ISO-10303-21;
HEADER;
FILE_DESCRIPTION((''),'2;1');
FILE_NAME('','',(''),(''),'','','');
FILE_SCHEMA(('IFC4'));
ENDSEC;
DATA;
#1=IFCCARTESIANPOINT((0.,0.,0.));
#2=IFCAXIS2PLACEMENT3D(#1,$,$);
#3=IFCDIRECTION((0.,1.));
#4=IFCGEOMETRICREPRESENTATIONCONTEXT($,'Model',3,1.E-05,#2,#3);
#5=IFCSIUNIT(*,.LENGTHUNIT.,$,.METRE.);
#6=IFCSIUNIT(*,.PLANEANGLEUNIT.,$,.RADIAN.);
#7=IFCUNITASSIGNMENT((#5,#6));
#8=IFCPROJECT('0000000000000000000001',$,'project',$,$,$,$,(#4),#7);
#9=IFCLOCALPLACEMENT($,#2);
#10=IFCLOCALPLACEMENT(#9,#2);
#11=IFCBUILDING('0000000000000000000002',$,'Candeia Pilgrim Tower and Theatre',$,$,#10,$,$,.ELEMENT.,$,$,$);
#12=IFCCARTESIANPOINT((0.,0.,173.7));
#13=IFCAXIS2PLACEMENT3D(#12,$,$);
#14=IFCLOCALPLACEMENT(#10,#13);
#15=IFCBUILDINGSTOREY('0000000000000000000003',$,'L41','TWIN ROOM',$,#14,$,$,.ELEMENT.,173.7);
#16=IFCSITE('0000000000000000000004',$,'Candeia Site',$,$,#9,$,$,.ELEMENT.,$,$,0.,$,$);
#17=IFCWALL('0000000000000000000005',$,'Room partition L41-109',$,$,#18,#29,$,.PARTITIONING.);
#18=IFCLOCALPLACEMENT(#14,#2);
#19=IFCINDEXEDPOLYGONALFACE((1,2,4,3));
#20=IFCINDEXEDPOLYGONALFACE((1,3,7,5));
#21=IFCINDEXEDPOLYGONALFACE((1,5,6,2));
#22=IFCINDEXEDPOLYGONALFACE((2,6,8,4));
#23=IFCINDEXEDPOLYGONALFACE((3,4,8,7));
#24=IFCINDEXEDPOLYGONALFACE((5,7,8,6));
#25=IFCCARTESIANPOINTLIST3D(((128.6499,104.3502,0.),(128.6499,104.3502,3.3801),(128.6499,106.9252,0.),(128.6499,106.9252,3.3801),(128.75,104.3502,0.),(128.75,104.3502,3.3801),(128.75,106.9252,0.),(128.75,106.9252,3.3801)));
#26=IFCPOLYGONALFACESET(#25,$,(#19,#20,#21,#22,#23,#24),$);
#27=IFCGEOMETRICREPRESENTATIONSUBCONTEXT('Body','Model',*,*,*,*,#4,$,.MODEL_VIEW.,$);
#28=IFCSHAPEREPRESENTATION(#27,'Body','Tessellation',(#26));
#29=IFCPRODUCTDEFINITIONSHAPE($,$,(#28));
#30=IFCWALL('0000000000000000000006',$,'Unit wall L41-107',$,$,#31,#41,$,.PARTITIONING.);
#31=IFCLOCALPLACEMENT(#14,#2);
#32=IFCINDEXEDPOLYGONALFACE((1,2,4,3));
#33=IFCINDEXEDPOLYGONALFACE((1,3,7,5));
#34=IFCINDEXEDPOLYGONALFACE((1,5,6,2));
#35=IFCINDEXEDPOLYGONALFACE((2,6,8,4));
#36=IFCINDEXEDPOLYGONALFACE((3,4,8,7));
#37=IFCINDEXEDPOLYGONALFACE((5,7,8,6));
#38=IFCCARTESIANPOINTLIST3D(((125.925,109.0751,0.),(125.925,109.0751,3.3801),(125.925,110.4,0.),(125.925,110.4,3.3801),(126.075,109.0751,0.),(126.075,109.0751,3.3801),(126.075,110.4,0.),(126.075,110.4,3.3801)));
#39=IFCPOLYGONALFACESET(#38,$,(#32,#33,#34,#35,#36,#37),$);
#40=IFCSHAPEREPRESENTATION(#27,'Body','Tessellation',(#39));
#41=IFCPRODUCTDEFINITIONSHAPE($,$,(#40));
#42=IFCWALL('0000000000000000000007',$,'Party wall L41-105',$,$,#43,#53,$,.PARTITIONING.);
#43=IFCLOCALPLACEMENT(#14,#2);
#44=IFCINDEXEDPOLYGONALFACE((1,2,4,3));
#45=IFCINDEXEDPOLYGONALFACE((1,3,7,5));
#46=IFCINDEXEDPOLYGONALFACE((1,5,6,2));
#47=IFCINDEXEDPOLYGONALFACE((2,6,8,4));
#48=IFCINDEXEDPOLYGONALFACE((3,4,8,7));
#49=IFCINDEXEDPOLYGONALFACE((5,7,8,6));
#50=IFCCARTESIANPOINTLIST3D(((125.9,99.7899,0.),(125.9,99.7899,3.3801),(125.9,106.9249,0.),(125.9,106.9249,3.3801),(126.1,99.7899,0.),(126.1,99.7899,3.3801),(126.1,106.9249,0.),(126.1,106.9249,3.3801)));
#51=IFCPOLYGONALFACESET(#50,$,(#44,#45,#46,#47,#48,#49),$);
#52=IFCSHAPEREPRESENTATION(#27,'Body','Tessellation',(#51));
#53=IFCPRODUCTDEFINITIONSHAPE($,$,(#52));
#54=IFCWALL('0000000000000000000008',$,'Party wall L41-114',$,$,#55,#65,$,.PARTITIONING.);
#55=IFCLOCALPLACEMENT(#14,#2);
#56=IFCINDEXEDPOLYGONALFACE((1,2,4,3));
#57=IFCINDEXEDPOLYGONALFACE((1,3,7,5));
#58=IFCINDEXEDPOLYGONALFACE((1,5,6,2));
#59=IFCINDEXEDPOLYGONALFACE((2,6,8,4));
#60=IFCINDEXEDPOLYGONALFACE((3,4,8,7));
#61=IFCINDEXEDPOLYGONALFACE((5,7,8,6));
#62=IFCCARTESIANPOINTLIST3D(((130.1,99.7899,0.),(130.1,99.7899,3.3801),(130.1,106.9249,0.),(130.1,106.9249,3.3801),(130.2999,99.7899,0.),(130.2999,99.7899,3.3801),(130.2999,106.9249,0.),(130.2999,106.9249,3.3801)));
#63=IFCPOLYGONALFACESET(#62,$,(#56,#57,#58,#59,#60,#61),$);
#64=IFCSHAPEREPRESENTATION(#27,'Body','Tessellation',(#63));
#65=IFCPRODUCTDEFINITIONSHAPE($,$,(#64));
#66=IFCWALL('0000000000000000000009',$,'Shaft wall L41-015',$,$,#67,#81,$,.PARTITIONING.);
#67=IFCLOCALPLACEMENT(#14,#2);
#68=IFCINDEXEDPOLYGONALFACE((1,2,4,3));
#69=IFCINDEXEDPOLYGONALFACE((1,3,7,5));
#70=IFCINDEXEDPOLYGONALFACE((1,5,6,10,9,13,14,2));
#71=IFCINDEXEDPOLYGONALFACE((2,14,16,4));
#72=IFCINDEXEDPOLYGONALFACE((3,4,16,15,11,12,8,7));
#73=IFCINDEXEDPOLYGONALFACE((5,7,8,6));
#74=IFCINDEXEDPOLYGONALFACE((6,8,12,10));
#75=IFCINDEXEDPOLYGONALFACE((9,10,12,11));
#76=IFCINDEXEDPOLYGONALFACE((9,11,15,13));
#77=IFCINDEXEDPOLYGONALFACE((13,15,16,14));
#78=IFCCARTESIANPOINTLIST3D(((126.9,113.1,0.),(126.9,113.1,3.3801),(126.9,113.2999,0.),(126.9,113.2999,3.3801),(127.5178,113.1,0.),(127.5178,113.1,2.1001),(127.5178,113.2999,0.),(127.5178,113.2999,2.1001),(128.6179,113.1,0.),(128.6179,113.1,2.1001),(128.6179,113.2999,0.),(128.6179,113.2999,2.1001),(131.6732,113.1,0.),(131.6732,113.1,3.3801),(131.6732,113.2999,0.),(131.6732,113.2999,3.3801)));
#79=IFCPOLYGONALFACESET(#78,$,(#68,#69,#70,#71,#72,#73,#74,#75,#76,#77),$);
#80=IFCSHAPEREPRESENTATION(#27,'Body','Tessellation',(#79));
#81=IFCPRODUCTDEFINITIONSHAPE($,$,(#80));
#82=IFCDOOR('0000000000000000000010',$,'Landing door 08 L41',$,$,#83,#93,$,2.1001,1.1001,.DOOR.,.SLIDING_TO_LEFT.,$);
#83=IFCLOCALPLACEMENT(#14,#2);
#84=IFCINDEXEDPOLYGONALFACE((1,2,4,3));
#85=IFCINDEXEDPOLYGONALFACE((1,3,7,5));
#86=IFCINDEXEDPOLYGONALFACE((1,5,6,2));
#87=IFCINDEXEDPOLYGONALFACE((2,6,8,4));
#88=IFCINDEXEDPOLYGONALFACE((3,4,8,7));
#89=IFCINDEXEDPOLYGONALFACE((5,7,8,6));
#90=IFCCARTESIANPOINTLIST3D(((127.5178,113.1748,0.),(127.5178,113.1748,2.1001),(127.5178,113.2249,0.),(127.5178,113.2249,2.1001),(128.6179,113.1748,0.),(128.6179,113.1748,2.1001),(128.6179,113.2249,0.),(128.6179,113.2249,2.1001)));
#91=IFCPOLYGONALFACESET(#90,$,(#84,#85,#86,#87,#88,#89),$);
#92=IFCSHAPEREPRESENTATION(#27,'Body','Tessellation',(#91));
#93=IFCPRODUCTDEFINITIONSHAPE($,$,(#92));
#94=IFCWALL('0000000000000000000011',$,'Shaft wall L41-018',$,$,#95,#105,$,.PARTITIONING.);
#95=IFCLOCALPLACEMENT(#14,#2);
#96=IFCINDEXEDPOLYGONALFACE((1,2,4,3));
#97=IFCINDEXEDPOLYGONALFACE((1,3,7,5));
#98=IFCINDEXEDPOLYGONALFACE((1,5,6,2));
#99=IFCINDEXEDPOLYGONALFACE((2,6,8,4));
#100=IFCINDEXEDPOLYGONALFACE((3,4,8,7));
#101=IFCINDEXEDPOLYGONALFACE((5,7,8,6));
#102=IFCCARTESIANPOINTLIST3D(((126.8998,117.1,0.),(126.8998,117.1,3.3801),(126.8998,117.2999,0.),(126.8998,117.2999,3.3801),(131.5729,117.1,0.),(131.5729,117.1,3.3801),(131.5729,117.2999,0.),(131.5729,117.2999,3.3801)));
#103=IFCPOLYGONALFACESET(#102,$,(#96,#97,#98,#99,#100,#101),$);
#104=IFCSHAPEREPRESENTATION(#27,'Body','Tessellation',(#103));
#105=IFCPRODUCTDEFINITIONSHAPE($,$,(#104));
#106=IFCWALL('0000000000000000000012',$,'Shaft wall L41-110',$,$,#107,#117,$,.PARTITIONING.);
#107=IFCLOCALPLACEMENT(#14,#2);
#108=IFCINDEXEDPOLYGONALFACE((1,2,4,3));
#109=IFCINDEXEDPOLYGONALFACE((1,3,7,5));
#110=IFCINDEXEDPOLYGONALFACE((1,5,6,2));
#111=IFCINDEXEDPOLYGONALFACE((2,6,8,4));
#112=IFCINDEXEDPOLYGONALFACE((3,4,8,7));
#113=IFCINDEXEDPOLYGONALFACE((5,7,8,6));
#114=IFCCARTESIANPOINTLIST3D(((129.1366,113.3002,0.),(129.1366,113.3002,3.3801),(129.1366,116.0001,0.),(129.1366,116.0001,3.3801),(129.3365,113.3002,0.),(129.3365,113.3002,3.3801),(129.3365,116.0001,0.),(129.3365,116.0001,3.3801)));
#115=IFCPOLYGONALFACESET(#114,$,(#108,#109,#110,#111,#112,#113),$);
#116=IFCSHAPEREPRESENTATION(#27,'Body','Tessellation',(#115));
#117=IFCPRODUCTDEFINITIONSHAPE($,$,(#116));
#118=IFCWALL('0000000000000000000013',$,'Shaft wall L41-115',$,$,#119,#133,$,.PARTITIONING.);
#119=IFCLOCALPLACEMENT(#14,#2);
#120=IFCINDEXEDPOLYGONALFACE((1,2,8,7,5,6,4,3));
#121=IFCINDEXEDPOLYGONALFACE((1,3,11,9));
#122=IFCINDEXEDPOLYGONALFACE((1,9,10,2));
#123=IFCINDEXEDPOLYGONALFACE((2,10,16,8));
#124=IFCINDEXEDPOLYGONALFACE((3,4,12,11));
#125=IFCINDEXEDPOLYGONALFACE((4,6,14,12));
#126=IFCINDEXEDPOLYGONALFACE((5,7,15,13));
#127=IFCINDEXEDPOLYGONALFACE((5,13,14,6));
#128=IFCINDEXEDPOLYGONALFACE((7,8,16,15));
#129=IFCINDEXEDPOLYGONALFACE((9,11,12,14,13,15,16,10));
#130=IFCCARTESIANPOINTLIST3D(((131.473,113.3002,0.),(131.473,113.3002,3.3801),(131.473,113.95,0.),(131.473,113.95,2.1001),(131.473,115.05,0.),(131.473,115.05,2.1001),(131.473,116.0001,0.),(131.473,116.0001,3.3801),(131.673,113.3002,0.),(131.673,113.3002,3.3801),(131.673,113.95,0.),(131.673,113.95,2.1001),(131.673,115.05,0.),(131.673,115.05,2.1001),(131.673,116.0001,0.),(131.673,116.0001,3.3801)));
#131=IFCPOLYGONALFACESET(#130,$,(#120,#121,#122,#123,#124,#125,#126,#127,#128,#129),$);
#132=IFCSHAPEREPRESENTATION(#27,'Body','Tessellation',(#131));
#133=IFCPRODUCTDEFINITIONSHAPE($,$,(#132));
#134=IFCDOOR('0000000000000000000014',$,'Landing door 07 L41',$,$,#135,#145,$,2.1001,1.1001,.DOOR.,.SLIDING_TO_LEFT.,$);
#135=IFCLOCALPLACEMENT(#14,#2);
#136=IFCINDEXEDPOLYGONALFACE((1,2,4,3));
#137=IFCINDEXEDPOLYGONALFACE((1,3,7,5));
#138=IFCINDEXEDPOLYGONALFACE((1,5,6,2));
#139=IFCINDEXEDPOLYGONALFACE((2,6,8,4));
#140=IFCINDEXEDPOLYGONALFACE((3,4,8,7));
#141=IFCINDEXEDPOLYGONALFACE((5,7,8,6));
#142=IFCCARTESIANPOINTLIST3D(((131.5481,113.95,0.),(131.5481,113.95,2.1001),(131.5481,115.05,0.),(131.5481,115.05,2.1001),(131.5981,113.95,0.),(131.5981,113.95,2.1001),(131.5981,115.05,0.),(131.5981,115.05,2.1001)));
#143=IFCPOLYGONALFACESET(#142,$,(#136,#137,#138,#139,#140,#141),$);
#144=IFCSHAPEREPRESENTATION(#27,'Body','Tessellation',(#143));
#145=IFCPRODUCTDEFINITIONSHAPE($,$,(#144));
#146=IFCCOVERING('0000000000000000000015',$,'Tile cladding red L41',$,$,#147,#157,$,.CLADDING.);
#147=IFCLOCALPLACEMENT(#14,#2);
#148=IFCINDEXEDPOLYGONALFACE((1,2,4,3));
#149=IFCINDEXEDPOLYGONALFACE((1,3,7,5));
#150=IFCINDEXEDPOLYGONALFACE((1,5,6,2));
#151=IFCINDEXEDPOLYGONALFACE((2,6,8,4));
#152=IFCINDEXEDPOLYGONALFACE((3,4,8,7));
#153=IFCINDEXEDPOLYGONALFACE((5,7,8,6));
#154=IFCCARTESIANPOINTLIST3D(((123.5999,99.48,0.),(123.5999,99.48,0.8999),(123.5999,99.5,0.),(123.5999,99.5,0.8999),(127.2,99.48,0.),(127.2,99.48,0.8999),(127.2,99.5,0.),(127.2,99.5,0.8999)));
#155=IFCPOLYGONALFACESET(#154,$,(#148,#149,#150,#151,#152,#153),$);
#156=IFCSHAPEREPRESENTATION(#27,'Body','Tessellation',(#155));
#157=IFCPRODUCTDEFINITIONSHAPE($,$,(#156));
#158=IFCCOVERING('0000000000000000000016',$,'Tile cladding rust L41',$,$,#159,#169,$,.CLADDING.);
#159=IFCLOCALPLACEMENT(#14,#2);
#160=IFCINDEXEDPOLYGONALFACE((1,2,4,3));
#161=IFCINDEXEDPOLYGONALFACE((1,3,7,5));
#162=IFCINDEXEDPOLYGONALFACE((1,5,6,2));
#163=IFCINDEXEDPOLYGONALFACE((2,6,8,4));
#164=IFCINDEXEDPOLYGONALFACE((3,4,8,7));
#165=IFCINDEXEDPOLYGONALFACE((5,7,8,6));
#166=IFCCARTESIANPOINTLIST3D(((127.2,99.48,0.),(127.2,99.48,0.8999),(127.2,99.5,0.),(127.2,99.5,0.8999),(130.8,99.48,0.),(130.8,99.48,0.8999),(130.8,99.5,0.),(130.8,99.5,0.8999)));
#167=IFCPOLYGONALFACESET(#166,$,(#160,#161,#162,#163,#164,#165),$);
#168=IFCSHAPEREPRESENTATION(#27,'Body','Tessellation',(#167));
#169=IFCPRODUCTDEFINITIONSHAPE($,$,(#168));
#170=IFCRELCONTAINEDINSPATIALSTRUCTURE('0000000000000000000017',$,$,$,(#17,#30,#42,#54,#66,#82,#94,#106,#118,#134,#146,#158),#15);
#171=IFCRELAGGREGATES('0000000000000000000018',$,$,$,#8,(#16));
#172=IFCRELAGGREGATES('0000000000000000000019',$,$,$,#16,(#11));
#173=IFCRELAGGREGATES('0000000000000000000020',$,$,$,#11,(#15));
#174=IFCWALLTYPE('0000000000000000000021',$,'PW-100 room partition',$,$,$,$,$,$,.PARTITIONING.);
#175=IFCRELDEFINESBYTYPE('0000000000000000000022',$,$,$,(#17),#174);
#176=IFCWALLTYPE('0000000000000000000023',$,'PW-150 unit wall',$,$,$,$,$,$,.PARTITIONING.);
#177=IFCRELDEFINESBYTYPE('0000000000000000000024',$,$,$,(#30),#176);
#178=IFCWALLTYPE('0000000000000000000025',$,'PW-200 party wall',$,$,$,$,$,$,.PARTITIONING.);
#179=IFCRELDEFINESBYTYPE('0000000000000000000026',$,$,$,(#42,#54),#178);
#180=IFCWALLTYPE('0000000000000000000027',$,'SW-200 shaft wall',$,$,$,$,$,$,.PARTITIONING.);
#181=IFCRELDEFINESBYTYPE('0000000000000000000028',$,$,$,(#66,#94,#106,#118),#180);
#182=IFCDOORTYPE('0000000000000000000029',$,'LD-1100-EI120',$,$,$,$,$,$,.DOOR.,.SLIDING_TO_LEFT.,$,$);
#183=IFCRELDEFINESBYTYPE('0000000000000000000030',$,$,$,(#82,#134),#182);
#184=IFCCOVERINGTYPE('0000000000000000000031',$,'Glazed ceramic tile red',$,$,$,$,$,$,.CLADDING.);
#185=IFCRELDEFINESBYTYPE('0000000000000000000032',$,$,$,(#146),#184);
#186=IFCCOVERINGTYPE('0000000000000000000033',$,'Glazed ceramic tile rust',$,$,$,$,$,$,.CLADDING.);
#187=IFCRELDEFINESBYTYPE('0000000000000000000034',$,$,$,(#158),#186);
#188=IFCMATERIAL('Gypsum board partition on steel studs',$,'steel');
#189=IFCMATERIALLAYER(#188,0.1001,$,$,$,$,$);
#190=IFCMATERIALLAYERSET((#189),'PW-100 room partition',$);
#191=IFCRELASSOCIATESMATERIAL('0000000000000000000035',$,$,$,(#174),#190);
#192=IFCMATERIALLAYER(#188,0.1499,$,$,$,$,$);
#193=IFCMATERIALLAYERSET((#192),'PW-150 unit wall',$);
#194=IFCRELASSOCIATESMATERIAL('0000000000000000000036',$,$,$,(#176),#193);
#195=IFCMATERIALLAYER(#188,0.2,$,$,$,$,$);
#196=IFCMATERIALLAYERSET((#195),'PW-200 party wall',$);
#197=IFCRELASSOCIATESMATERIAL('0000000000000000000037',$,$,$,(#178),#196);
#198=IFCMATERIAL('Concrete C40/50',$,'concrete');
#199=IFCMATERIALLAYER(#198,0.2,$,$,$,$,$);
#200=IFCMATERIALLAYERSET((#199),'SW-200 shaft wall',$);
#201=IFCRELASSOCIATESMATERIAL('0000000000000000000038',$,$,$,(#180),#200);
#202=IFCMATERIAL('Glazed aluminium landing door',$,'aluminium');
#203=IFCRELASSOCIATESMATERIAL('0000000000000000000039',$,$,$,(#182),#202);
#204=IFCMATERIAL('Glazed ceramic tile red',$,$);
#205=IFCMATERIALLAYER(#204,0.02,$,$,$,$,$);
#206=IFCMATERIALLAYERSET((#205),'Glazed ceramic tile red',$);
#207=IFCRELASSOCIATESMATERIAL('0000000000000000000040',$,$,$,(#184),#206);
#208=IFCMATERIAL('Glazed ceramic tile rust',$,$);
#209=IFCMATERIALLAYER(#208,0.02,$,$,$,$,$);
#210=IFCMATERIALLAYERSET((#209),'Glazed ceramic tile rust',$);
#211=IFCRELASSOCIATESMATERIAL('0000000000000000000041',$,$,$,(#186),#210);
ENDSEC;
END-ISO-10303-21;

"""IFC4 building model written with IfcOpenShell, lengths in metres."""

from ifc_helpers import new_model, si_unit, direction, frame, frame_2d, origin, origin_2d, place, context, subcontext, project, spatial, rectangle, extrude, material, layer, layer_set, type_object, element, fill, save


model = new_model("IFC4")

# Units and contexts
model_context = context("Model", 3, precision=1e-05, world=origin(), true_north=direction((0.0, 1.0)))
body_context = subcontext(model_context, "Body", "Model", "MODEL_VIEW")
ifc_project = project(units=[si_unit("LENGTHUNIT", "METRE"), si_unit("PLANEANGLEUNIT", "RADIAN")], contexts=[model_context])

# Site, building, storey
site_placement = place(None, origin())
site = spatial("IfcSite", under=ifc_project, at=site_placement, Name="Candeia Site", CompositionType="ELEMENT", RefElevation=0.0)
building_placement = place(site_placement, origin())
building = spatial("IfcBuilding", under=site, at=building_placement, Name="Candeia Pilgrim Tower and Theatre", CompositionType="ELEMENT")
storey_placement = place(building_placement, frame((0.0, 0.0, 173.7)))
storey = spatial("IfcBuildingStorey", under=building, at=storey_placement, Name="L41", Description="TWIN ROOM", CompositionType="ELEMENT", Elevation=173.7)

# Shared definitions
ifc_material_1 = material(Name="Gypsum board partition on steel studs", Category="steel")
ifc_layer_1 = layer(ifc_material_1, 0.1001)
ifc_layer_set_1 = layer_set([ifc_layer_1], Name="PW-100 room partition")
wall_type_1 = type_object("IfcWallType", Name="PW-100 room partition", PredefinedType="PARTITIONING", material=ifc_layer_set_1)

# Walls
wall_1_placement = place(storey_placement, frame((128.7, 104.3501, 0.0), z_axis=(0.0, 0.0, 1.0), x_axis=(0.0, 1.0, 0.0)))
element("IfcWall", 1, at=wall_1_placement, inside=storey, type_object=wall_type_1, Name="Room partition L41-109", PredefinedType="PARTITIONING", context=body_context, shape_type="SweptSolid", body=[
    extrude(rectangle(XDim=2.575, YDim=0.1001, at=frame_2d((1.2876, 0.0))), origin(), (0.0, 0.0, 1.0), 3.3801),
])
ifc_layer_2 = layer(ifc_material_1, 0.1499)
ifc_layer_set_2 = layer_set([ifc_layer_2], Name="PW-150 unit wall")
wall_type_2 = type_object("IfcWallType", Name="PW-150 unit wall", PredefinedType="PARTITIONING", material=ifc_layer_set_2)
wall_2_placement = place(storey_placement, frame((126.0, 109.075, 0.0), z_axis=(0.0, 0.0, 1.0), x_axis=(0.0, 1.0, 0.0)))
element("IfcWall", 2, at=wall_2_placement, inside=storey, type_object=wall_type_2, Name="Unit wall L41-107", PredefinedType="PARTITIONING", context=body_context, shape_type="SweptSolid", body=[
    extrude(rectangle(XDim=1.325, YDim=0.1499, at=frame_2d((0.6626, 0.0))), origin(), (0.0, 0.0, 1.0), 3.3801),
])
ifc_layer_3 = layer(ifc_material_1, 0.2)
ifc_layer_set_3 = layer_set([ifc_layer_3], Name="PW-200 party wall")
wall_type_3 = type_object("IfcWallType", Name="PW-200 party wall", PredefinedType="PARTITIONING", material=ifc_layer_set_3)
for number, where, z_axis, x_axis, name in (
    (3, (126.0, 99.79, 0.0), (0.0, 0.0, 1.0), (0.0, 1.0, 0.0), "Party wall L41-105"),
    (4, (130.2, 99.79, 0.0), (0.0, 0.0, 1.0), (0.0, 1.0, 0.0), "Party wall L41-114"),
):
    element("IfcWall", number, at=place(storey_placement, frame(where, z_axis=z_axis, x_axis=x_axis)), inside=storey, type_object=wall_type_3, Name=name, PredefinedType="PARTITIONING", context=body_context, shape_type="SweptSolid", body=[
        extrude(rectangle(XDim=7.135, YDim=0.2, at=frame_2d((3.5674, 0.0))), origin(), (0.0, 0.0, 1.0), 3.3801),
    ])

# Wall, opening, door
ifc_material_2 = material(Name="Concrete C40/50", Category="concrete")
ifc_layer_4 = layer(ifc_material_2, 0.2)
ifc_layer_set_4 = layer_set([ifc_layer_4], Name="SW-200 shaft wall")
wall_type_4 = type_object("IfcWallType", Name="SW-200 shaft wall", PredefinedType="PARTITIONING", material=ifc_layer_set_4)
wall_3_placement = place(storey_placement, frame((126.8999, 113.2, 0.0), z_axis=(0.0, 0.0, 1.0), x_axis=(1.0, 0.0, 0.0)))
wall_3 = element("IfcWall", 5, at=wall_3_placement, inside=storey, type_object=wall_type_4, Name="Shaft wall L41-015", PredefinedType="PARTITIONING", context=body_context, shape_type="SweptSolid", body=[
    extrude(rectangle(XDim=4.7732, YDim=0.2, at=frame_2d((2.3867, 0.0))), origin(), (0.0, 0.0, 1.0), 3.3801),
])
opening_1_placement = place(wall_3_placement, frame((0.6179, 0.0, 0.0)))
opening_1 = element("IfcOpeningElement", 6, at=opening_1_placement, cuts=wall_3, PredefinedType="OPENING", context=body_context, shape_type="SweptSolid", body=[
    extrude(rectangle(XDim=1.1001, YDim=2.1001, at=frame_2d((0.55, 1.05))), frame((0.0, 0.1099, 0.0), z_axis=(0.0, -1.0, 0.0), x_axis=(1.0, 0.0, 0.0)), (0.0, 0.0, 1.0), 0.22),
])
ifc_material_3 = material(Name="Glazed aluminium landing door", Category="aluminium")
door_type_1 = type_object("IfcDoorType", Name="LD-1100-EI120", OperationType="SLIDING_TO_LEFT", PredefinedType="DOOR", material=ifc_material_3)
door_1_placement = place(opening_1_placement, origin())
door_1 = element("IfcDoor", 7, at=door_1_placement, inside=storey, type_object=door_type_1, Name="Landing door 08 L41", OperationType="SLIDING_TO_LEFT", OverallHeight=2.1001, OverallWidth=1.1001, PredefinedType="DOOR", context=body_context, shape_type="SweptSolid", body=[
    extrude(rectangle(XDim=1.1001, YDim=2.1001, at=frame_2d((0.55, 1.05))), frame((0.0, 0.0249, 0.0), z_axis=(0.0, -1.0, 0.0), x_axis=(1.0, 0.0, 0.0)), (0.0, 0.0, 1.0), 0.05),
])
fill(opening_1, door_1)

# Walls
wall_4_placement = place(storey_placement, frame((126.8999, 117.2, 0.0), z_axis=(0.0, 0.0, 1.0), x_axis=(1.0, 0.0, 0.0)))
element("IfcWall", 8, at=wall_4_placement, inside=storey, type_object=wall_type_4, Name="Shaft wall L41-018", PredefinedType="PARTITIONING", context=body_context, shape_type="SweptSolid", body=[
    extrude(rectangle(XDim=4.6731, YDim=0.2, at=frame_2d((2.3364, 0.0))), origin(), (0.0, 0.0, 1.0), 3.3801),
])
wall_5_placement = place(storey_placement, frame((129.2366, 113.3, 0.0), z_axis=(0.0, 0.0, 1.0), x_axis=(0.0, 1.0, 0.0)))
element("IfcWall", 9, at=wall_5_placement, inside=storey, type_object=wall_type_4, Name="Shaft wall L41-110", PredefinedType="PARTITIONING", context=body_context, shape_type="SweptSolid", body=[
    extrude(rectangle(XDim=2.7, YDim=0.2, at=frame_2d((1.3501, 0.0))), origin(), (0.0, 0.0, 1.0), 3.3801),
])

# Wall, opening, door
wall_6_placement = place(storey_placement, frame((131.573, 113.3, 0.0), z_axis=(0.0, 0.0, 1.0), x_axis=(0.0, 1.0, 0.0)))
wall_6 = element("IfcWall", 10, at=wall_6_placement, inside=storey, type_object=wall_type_4, Name="Shaft wall L41-115", PredefinedType="PARTITIONING", context=body_context, shape_type="SweptSolid", body=[
    extrude(rectangle(XDim=2.7, YDim=0.2, at=frame_2d((1.3501, 0.0))), origin(), (0.0, 0.0, 1.0), 3.3801),
])
opening_2_placement = place(wall_6_placement, frame((0.6499, 0.0, 0.0)))
opening_2 = element("IfcOpeningElement", 11, at=opening_2_placement, cuts=wall_6, PredefinedType="OPENING", context=body_context, shape_type="SweptSolid", body=[
    extrude(rectangle(XDim=1.1001, YDim=2.1001, at=frame_2d((0.55, 1.05))), frame((0.0, 0.1099, 0.0), z_axis=(0.0, -1.0, 0.0), x_axis=(1.0, 0.0, 0.0)), (0.0, 0.0, 1.0), 0.22),
])
door_2_placement = place(opening_2_placement, origin())
door_2 = element("IfcDoor", 12, at=door_2_placement, inside=storey, type_object=door_type_1, Name="Landing door 07 L41", OperationType="SLIDING_TO_LEFT", OverallHeight=2.1001, OverallWidth=1.1001, PredefinedType="DOOR", context=body_context, shape_type="SweptSolid", body=[
    extrude(rectangle(XDim=1.1001, YDim=2.1001, at=frame_2d((0.55, 1.05))), frame((0.0, 0.0249, 0.0), z_axis=(0.0, -1.0, 0.0), x_axis=(1.0, 0.0, 0.0)), (0.0, 0.0, 1.0), 0.05),
])
fill(opening_2, door_2)

# Coverings
ifc_material_4 = material(Name="Glazed ceramic tile red")
ifc_layer_5 = layer(ifc_material_4, 0.02)
ifc_layer_set_5 = layer_set([ifc_layer_5], Name="Glazed ceramic tile red")
covering_type_1 = type_object("IfcCoveringType", Name="Glazed ceramic tile red", PredefinedType="CLADDING", material=ifc_layer_set_5)
covering_1_placement = place(storey_placement, frame((125.3999, 99.49, 0.0), z_axis=(0.0, 0.0, 1.0), x_axis=(1.0, 0.0, 0.0)))
element("IfcCovering", 13, at=covering_1_placement, inside=storey, type_object=covering_type_1, Name="Tile cladding red L41", PredefinedType="CLADDING", context=body_context, shape_type="SweptSolid", body=[
    extrude(rectangle(XDim=3.6001, YDim=0.02, at=origin_2d()), origin(), (0.0, 0.0, 1.0), 0.8999),
])
ifc_material_5 = material(Name="Glazed ceramic tile rust")
ifc_layer_6 = layer(ifc_material_5, 0.02)
ifc_layer_set_6 = layer_set([ifc_layer_6], Name="Glazed ceramic tile rust")
covering_type_2 = type_object("IfcCoveringType", Name="Glazed ceramic tile rust", PredefinedType="CLADDING", material=ifc_layer_set_6)
covering_2_placement = place(storey_placement, frame((129.0, 99.49, 0.0), z_axis=(0.0, 0.0, 1.0), x_axis=(1.0, 0.0, 0.0)))
element("IfcCovering", 14, at=covering_2_placement, inside=storey, type_object=covering_type_2, Name="Tile cladding rust L41", PredefinedType="CLADDING", context=body_context, shape_type="SweptSolid", body=[
    extrude(rectangle(XDim=3.6001, YDim=0.02, at=origin_2d()), origin(), (0.0, 0.0, 1.0), 0.8999),
])

save(model, "model.ifc")
